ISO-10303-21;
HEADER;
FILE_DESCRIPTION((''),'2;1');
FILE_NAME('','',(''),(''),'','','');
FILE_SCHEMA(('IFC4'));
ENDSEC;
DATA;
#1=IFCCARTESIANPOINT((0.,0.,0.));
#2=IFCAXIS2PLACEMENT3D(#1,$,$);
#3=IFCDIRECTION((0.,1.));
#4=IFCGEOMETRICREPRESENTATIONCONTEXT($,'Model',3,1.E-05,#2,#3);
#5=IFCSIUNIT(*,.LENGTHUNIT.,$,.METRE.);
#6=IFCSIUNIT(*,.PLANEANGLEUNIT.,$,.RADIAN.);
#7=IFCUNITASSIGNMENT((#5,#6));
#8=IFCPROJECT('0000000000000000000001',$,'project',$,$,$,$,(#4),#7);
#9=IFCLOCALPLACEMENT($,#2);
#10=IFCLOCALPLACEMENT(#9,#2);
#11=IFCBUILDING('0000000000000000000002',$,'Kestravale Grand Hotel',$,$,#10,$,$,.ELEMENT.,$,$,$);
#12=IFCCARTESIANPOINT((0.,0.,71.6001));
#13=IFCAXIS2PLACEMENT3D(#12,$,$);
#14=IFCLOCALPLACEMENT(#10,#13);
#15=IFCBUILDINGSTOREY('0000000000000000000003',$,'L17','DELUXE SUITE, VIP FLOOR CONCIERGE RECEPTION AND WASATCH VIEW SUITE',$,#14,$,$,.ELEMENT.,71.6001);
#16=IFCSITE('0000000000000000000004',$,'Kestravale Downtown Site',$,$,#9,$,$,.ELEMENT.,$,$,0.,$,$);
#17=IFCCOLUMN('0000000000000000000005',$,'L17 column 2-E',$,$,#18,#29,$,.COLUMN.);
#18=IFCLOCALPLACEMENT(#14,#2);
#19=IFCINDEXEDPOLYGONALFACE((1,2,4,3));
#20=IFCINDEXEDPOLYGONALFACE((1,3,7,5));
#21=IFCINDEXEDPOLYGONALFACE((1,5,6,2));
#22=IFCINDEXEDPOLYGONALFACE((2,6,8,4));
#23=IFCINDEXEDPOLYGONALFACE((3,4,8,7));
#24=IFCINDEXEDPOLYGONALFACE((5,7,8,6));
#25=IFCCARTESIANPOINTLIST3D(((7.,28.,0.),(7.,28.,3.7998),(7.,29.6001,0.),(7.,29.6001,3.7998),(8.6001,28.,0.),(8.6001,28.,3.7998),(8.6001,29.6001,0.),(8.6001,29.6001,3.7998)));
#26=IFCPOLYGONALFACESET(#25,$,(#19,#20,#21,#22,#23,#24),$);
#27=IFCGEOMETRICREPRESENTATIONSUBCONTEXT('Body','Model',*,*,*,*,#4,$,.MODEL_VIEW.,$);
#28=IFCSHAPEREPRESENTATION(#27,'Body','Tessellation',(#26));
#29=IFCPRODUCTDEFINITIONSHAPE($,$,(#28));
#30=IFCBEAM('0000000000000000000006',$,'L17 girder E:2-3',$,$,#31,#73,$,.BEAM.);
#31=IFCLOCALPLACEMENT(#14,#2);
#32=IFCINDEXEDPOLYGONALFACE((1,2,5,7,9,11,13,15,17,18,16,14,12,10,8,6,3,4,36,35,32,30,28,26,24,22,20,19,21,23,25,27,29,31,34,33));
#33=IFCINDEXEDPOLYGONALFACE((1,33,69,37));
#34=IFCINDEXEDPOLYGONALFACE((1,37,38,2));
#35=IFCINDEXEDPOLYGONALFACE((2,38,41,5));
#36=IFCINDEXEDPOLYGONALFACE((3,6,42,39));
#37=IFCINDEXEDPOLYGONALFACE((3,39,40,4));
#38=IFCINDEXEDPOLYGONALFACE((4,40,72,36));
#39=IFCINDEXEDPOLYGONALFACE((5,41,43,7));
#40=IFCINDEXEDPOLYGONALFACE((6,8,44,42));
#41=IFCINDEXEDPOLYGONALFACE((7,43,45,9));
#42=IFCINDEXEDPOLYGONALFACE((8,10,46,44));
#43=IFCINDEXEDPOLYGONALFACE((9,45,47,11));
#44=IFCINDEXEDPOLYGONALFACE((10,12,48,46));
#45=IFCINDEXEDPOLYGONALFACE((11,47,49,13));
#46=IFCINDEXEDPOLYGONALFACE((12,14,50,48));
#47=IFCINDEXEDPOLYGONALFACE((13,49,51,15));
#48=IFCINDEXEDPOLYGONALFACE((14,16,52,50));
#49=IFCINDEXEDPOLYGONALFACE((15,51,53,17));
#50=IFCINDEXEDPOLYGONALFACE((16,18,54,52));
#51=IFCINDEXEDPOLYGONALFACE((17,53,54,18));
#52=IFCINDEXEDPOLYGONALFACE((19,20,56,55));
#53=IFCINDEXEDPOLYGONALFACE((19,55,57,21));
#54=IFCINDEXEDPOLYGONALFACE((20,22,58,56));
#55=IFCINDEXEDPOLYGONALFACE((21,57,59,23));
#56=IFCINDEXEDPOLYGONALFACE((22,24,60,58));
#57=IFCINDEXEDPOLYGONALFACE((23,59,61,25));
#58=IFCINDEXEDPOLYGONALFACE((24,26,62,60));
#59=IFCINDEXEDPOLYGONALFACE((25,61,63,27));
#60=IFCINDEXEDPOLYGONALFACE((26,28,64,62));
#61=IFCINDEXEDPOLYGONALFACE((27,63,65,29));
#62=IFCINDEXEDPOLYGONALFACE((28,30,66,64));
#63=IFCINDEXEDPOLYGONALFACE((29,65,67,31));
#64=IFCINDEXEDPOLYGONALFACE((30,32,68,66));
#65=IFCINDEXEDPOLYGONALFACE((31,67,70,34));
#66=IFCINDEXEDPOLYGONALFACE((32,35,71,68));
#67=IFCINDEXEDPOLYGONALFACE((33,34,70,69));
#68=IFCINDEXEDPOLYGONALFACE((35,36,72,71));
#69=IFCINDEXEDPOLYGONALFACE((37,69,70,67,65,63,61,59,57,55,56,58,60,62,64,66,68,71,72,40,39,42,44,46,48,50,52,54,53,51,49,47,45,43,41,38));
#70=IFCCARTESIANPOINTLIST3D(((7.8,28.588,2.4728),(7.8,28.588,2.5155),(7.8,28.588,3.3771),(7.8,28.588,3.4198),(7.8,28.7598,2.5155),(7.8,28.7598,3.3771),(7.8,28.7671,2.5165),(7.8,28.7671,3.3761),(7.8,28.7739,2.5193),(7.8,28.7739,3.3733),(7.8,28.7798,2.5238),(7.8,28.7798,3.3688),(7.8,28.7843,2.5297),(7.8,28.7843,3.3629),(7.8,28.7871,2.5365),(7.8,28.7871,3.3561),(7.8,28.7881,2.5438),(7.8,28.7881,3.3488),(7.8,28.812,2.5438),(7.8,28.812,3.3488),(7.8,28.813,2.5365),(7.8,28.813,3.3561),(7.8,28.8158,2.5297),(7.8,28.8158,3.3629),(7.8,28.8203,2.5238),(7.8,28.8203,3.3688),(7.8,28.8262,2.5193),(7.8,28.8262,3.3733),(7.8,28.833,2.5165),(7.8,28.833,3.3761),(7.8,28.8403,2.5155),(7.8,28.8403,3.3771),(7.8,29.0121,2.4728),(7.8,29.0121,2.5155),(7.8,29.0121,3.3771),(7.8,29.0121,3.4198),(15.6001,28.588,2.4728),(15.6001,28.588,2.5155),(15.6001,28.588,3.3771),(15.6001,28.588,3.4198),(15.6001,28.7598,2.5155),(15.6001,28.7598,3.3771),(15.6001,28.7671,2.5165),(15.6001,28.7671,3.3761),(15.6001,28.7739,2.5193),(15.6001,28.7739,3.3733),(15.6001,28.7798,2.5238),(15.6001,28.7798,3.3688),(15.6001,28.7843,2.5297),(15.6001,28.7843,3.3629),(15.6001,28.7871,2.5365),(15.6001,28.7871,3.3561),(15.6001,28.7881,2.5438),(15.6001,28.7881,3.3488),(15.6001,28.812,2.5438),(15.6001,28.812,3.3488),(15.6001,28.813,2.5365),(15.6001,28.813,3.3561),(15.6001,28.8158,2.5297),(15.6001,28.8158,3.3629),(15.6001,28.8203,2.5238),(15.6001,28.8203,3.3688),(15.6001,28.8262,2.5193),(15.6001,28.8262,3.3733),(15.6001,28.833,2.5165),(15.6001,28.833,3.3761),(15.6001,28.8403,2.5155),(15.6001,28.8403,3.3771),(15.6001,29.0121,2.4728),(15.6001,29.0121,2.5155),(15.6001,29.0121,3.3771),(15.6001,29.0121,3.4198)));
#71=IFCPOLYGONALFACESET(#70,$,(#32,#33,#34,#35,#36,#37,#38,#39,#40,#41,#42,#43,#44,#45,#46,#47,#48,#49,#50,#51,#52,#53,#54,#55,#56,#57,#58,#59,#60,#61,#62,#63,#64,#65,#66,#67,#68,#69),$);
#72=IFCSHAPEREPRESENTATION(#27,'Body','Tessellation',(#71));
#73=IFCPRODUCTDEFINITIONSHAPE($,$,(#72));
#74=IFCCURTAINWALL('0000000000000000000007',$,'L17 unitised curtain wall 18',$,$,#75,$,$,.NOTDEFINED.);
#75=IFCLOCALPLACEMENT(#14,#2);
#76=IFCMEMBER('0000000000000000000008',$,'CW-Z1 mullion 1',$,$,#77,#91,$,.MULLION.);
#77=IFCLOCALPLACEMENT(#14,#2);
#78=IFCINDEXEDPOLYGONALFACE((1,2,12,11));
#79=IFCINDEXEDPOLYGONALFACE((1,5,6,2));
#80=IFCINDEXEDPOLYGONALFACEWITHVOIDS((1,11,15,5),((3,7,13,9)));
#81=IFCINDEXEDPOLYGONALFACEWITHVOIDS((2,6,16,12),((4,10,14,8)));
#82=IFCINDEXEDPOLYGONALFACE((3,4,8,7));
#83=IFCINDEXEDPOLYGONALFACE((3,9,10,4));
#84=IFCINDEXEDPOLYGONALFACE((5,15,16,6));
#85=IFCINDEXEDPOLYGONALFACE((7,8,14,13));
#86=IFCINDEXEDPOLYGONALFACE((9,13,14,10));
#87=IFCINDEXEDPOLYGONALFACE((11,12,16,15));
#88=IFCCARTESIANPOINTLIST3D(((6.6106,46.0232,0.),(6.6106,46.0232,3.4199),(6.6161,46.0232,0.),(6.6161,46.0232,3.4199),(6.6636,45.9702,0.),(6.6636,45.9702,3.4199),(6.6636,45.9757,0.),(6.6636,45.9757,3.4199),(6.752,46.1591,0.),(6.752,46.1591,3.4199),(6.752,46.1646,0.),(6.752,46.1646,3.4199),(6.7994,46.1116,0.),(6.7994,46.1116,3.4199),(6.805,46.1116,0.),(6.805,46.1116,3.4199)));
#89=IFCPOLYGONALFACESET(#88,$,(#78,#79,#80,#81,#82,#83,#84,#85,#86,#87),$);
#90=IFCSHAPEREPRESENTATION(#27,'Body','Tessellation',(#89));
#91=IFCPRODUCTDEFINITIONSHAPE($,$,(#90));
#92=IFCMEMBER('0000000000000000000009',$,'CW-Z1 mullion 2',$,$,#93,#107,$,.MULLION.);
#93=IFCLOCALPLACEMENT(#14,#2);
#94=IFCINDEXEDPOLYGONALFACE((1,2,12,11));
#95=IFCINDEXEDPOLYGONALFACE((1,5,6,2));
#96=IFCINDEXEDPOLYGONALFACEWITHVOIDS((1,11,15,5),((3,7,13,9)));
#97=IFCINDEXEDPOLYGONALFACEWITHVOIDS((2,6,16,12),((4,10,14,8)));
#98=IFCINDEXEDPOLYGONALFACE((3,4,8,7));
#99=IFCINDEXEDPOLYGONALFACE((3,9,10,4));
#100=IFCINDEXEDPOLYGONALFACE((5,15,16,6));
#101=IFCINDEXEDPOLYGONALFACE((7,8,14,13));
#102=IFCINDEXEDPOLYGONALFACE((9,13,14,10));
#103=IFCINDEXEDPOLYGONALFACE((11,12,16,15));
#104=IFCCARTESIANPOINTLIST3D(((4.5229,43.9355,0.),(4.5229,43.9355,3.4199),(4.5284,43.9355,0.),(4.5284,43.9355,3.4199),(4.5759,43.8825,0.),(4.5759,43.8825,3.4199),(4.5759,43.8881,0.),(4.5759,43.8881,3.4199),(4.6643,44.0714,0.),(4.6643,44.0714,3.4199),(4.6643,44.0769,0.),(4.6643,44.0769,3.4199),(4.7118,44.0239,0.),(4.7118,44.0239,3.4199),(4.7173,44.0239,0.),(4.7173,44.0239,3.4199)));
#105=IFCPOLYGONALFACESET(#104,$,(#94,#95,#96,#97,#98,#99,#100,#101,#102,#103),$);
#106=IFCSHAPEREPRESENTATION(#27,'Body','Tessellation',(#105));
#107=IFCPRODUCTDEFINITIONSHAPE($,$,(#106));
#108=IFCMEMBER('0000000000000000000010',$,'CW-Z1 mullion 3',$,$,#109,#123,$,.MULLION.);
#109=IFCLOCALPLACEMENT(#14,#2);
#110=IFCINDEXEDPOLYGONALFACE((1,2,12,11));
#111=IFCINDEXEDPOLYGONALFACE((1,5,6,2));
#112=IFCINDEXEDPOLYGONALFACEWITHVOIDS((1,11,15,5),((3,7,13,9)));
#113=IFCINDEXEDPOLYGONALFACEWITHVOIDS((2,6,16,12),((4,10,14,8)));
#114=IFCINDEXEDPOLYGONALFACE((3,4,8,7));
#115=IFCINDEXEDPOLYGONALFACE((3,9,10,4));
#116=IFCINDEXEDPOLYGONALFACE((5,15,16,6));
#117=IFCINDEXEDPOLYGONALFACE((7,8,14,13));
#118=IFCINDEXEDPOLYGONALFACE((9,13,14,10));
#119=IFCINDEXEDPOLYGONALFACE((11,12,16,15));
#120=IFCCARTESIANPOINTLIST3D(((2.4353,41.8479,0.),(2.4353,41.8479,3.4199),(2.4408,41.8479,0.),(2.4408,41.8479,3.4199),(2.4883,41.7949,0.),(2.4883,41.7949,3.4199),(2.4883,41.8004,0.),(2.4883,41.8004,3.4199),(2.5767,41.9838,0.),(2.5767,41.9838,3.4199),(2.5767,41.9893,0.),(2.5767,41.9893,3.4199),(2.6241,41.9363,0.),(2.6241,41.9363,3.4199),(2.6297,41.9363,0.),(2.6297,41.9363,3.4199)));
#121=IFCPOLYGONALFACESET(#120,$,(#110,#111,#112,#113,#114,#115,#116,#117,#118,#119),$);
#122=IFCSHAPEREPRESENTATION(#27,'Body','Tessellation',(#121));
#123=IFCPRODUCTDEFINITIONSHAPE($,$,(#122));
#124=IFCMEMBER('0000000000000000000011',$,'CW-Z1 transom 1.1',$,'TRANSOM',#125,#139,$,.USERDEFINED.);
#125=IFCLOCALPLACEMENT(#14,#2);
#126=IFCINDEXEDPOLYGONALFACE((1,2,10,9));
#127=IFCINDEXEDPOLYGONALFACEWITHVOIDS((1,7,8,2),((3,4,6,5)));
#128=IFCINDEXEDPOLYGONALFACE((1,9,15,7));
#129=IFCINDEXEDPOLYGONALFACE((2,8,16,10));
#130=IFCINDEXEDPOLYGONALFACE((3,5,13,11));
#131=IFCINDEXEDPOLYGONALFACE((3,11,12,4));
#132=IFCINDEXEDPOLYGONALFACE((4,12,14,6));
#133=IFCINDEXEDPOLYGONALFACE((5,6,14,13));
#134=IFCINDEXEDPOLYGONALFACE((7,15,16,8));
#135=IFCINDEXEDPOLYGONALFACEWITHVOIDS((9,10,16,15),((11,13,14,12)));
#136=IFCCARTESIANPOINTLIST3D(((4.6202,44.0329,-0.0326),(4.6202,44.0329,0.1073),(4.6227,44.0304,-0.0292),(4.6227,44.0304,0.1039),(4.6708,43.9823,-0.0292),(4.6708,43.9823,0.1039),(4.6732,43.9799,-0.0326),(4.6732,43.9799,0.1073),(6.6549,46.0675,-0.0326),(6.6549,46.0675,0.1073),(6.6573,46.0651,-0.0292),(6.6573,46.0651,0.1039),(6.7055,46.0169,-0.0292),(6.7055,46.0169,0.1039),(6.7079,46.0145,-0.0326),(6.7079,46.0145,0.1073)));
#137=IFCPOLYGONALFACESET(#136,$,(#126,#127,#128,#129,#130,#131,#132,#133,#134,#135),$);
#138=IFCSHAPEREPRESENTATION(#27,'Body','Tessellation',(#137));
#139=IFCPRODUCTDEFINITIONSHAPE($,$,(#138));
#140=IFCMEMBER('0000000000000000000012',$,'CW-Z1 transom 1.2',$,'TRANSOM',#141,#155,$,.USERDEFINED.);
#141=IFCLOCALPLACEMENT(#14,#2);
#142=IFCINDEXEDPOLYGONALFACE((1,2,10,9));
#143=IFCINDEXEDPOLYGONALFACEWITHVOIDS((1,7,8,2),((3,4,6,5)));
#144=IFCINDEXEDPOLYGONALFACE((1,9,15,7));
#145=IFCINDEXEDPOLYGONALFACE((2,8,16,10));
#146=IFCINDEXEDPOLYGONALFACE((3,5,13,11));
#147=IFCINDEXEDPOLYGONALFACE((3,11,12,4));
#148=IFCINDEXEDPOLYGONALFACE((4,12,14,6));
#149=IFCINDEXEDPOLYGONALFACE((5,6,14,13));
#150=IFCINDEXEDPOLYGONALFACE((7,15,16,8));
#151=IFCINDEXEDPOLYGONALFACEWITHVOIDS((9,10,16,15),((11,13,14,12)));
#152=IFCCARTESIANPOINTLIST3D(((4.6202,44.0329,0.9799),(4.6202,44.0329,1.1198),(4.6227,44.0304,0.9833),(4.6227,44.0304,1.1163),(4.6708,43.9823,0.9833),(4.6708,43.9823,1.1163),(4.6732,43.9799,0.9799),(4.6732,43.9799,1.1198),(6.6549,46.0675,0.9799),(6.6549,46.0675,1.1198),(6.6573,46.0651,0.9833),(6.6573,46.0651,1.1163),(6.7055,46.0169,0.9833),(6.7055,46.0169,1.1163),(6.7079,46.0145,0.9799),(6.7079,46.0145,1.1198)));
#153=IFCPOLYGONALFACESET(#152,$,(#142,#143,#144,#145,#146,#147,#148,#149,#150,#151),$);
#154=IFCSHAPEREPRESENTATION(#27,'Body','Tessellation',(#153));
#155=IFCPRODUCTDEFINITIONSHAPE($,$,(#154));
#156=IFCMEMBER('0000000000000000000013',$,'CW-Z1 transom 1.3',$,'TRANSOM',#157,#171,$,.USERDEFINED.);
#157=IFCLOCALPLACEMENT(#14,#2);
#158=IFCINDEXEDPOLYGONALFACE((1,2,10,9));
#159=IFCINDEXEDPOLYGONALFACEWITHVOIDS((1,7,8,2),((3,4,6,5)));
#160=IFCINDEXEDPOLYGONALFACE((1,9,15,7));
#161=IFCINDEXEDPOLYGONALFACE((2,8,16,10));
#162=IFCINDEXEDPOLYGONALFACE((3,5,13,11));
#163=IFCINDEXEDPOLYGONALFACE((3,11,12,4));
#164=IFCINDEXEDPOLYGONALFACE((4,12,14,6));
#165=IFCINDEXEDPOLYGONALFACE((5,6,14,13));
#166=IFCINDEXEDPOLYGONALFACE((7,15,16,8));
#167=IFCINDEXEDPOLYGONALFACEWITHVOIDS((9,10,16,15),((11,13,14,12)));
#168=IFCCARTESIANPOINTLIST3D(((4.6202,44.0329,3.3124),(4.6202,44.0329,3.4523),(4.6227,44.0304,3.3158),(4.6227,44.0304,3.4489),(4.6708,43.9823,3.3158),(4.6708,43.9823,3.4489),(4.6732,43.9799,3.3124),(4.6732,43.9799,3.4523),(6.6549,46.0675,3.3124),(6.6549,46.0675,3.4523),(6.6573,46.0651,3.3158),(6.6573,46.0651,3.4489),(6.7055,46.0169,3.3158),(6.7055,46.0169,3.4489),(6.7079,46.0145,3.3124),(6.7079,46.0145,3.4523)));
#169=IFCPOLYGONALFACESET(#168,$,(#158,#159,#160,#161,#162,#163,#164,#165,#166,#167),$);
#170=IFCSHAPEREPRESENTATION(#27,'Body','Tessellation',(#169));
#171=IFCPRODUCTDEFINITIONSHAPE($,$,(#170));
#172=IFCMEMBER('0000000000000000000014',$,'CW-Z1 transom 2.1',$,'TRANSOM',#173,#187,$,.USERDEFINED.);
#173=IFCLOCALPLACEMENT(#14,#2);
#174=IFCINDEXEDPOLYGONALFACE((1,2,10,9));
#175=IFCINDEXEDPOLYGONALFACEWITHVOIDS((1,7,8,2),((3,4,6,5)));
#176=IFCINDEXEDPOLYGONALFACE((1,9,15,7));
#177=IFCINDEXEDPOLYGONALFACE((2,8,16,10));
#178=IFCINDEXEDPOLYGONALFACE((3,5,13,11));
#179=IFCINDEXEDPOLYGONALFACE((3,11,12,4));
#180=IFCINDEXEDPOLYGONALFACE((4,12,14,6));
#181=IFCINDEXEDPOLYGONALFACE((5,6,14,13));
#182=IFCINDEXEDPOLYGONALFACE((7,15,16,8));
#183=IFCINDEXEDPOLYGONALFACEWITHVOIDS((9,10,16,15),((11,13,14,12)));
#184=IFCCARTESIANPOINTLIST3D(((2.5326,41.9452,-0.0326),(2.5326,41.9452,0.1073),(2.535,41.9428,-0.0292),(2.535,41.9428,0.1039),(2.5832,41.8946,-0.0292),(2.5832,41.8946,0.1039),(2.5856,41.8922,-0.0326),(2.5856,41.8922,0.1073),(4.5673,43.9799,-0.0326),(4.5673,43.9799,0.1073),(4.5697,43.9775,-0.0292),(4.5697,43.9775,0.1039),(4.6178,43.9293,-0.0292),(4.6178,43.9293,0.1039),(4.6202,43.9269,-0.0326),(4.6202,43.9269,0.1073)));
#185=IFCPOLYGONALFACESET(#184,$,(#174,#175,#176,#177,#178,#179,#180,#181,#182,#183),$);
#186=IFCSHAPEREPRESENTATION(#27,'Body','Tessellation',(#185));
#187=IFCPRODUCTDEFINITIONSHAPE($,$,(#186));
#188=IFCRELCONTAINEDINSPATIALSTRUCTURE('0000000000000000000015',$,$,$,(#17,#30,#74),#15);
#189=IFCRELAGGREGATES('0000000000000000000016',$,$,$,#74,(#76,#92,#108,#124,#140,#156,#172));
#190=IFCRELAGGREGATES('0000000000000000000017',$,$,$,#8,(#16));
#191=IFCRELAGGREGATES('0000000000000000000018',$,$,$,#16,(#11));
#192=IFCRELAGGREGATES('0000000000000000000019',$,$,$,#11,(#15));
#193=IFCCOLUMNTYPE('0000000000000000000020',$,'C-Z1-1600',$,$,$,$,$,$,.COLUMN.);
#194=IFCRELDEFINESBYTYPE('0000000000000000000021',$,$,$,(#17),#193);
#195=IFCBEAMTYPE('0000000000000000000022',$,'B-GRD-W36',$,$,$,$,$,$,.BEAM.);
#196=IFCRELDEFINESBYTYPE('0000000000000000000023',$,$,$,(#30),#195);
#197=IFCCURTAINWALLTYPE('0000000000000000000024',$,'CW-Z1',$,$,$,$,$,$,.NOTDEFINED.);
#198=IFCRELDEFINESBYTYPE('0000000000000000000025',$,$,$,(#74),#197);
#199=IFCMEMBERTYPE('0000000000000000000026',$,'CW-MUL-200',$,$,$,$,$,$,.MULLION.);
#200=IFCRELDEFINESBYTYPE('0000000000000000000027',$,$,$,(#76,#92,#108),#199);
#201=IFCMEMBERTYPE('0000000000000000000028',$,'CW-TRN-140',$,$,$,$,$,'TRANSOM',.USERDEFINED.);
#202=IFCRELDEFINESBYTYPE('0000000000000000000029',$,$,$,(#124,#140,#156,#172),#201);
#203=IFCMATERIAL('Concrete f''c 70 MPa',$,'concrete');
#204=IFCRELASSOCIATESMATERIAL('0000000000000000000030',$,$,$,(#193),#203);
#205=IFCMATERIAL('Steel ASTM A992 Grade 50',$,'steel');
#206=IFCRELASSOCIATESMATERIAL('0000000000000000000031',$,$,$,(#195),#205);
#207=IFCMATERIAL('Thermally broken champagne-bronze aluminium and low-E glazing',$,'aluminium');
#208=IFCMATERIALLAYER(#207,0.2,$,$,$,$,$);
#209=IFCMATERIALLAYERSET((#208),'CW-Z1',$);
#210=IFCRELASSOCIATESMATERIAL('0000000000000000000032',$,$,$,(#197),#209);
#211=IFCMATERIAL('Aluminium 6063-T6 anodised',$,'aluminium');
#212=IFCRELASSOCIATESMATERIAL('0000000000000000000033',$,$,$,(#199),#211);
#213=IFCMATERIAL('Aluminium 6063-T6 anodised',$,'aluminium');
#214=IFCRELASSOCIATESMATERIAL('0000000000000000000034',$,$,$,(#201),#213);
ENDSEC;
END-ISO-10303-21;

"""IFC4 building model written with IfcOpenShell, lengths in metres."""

from ifc_helpers import new_model, si_unit, direction, frame, origin, origin_2d, place, context, subcontext, project, spatial, rectangle, hollow_rectangle, i_section, extrude, material, layer, layer_set, material_profile, profile_set, type_object, element, aggregate, save


model = new_model("IFC4")

# Units and contexts
model_context = context("Model", 3, precision=1e-05, world=origin(), true_north=direction((0.0, 1.0)))
body_context = subcontext(model_context, "Body", "Model", "MODEL_VIEW")
ifc_project = project(units=[si_unit("LENGTHUNIT", "METRE"), si_unit("PLANEANGLEUNIT", "RADIAN")], contexts=[model_context])

# Site, building, storey
site_placement = place(None, origin())
site = spatial("IfcSite", under=ifc_project, at=site_placement, Name="Kestravale Downtown Site", CompositionType="ELEMENT", RefElevation=0.0)
building_placement = place(site_placement, origin())
building = spatial("IfcBuilding", under=site, at=building_placement, Name="Kestravale Grand Hotel", CompositionType="ELEMENT")
storey_placement = place(building_placement, frame((0.0, 0.0, 71.6001)))
storey = spatial("IfcBuildingStorey", under=building, at=storey_placement, Name="L17", Description="DELUXE SUITE, VIP FLOOR CONCIERGE RECEPTION AND WASATCH VIEW SUITE", CompositionType="ELEMENT", Elevation=71.6001)

# Column
ifc_material_1 = material(Name="Concrete f'c 70 MPa", Category="concrete")
ifc_material_profile_1 = material_profile(ifc_material_1, rectangle(XDim=1.6001, YDim=1.6001, at=origin_2d()))
ifc_profile_set_1 = profile_set([ifc_material_profile_1], Name="Concrete f'c 70 MPa")
column_type = type_object("IfcColumnType", Name="C-Z1-1600", PredefinedType="COLUMN", material=ifc_profile_set_1)
column_placement = place(storey_placement, frame((7.8, 28.8, 0.0), z_axis=(0.0, 0.0, 1.0), x_axis=(1.0, 0.0, 0.0)))
element("IfcColumn", 1, at=column_placement, inside=storey, type_object=column_type, Name="L17 column 2-E", PredefinedType="COLUMN", context=body_context, shape_type="SweptSolid", body=[
    extrude(rectangle(XDim=1.6001, YDim=1.6001, at=origin_2d()), origin(), (0.0, 0.0, 1.0), 3.7998),
])

# Beam
ifc_material_2 = material(Name="Steel ASTM A992 Grade 50", Category="steel")
ifc_material_profile_2 = material_profile(ifc_material_2, i_section(OverallWidth=0.4241, OverallDepth=0.947, WebThickness=0.0239, FlangeThickness=0.0427, FilletRadius=0.0283, at=origin_2d()))
ifc_profile_set_2 = profile_set([ifc_material_profile_2], Name="Steel ASTM A992 Grade 50")
beam_type = type_object("IfcBeamType", Name="B-GRD-W36", PredefinedType="BEAM", material=ifc_profile_set_2)
beam_placement = place(storey_placement, frame((7.8, 28.8, 2.9463), z_axis=(1.0, 0.0, 0.0), x_axis=(0.0, 1.0, 0.0)))
element("IfcBeam", 2, at=beam_placement, inside=storey, type_object=beam_type, Name="L17 girder E:2-3", PredefinedType="BEAM", context=body_context, shape_type="SweptSolid", body=[
    extrude(i_section(OverallWidth=0.4241, OverallDepth=0.947, WebThickness=0.0239, FlangeThickness=0.0427, FilletRadius=0.0283, at=origin_2d()), origin(), (0.0, 0.0, 1.0), 7.8),
])

# Curtain wall, members
ifc_material_3 = material(Name="Thermally broken champagne-bronze aluminium and low-E glazing", Category="aluminium")
ifc_layer_1 = layer(ifc_material_3, 0.2)
ifc_layer_set_1 = layer_set([ifc_layer_1], Name="CW-Z1")
curtain_wall_type = type_object("IfcCurtainWallType", Name="CW-Z1", PredefinedType="NOTDEFINED", material=ifc_layer_set_1)
curtain_wall_placement = place(storey_placement, origin())
curtain_wall = element("IfcCurtainWall", 3, at=curtain_wall_placement, inside=storey, type_object=curtain_wall_type, Name="L17 unitised curtain wall 18", PredefinedType="NOTDEFINED")
ifc_material_4 = material(Name="Aluminium 6063-T6 anodised", Category="aluminium")
ifc_material_profile_3 = material_profile(ifc_material_4, hollow_rectangle(XDim=0.075, YDim=0.2, WallThickness=0.0039, at=origin_2d()))
ifc_profile_set_3 = profile_set([ifc_material_profile_3], Name="Aluminium 6063-T6 anodised")
member_type_1 = type_object("IfcMemberType", Name="CW-MUL-200", PredefinedType="MULLION", material=ifc_profile_set_3)
member_1_placement = place(storey_placement, frame((6.7078, 46.0674, 0.0), z_axis=(0.0, 0.0, 1.0), x_axis=(0.707107, -0.707107, 0.0)))
member_1 = element("IfcMember", 4, at=member_1_placement, type_object=member_type_1, Name="CW-Z1 mullion 1", PredefinedType="MULLION", context=body_context, shape_type="SweptSolid", body=[
    extrude(hollow_rectangle(XDim=0.075, YDim=0.2, WallThickness=0.0039, at=origin_2d()), origin(), (0.0, 0.0, 1.0), 3.4199),
])
member_2_placement = place(storey_placement, frame((4.6201, 43.9797, 0.0), z_axis=(0.0, 0.0, 1.0), x_axis=(0.707107, -0.707107, 0.0)))
member_2 = element("IfcMember", 5, at=member_2_placement, type_object=member_type_1, Name="CW-Z1 mullion 2", PredefinedType="MULLION", context=body_context, shape_type="SweptSolid", body=[
    extrude(hollow_rectangle(XDim=0.075, YDim=0.2, WallThickness=0.0039, at=origin_2d()), origin(), (0.0, 0.0, 1.0), 3.4199),
])
member_3_placement = place(storey_placement, frame((2.5325, 41.8921, 0.0), z_axis=(0.0, 0.0, 1.0), x_axis=(0.707107, -0.707107, 0.0)))
member_3 = element("IfcMember", 6, at=member_3_placement, type_object=member_type_1, Name="CW-Z1 mullion 3", PredefinedType="MULLION", context=body_context, shape_type="SweptSolid", body=[
    extrude(hollow_rectangle(XDim=0.075, YDim=0.2, WallThickness=0.0039, at=origin_2d()), origin(), (0.0, 0.0, 1.0), 3.4199),
])
ifc_material_5 = material(Name="Aluminium 6063-T6 anodised", Category="aluminium")
ifc_material_profile_4 = material_profile(ifc_material_5, hollow_rectangle(XDim=0.075, YDim=0.1399, WallThickness=0.0034, at=origin_2d()))
ifc_profile_set_4 = profile_set([ifc_material_profile_4], Name="Aluminium 6063-T6 anodised")
member_type_2 = type_object("IfcMemberType", Name="CW-TRN-140", ElementType="TRANSOM", PredefinedType="USERDEFINED", material=ifc_profile_set_4)
member_4_placement = place(storey_placement, frame((6.6814, 46.041, 0.0374), z_axis=(-0.707107, -0.707107, 0.0), x_axis=(0.707107, -0.707107, 0.0)))
member_4 = element("IfcMember", 7, at=member_4_placement, type_object=member_type_2, Name="CW-Z1 transom 1.1", ObjectType="TRANSOM", PredefinedType="USERDEFINED", context=body_context, shape_type="SweptSolid", body=[
    extrude(hollow_rectangle(XDim=0.075, YDim=0.1399, WallThickness=0.0034, at=origin_2d()), origin(), (0.0, 0.0, 1.0), 2.8774),
])
member_5_placement = place(storey_placement, frame((6.6814, 46.041, 1.0498), z_axis=(-0.707107, -0.707107, 0.0), x_axis=(0.707107, -0.707107, 0.0)))
member_5 = element("IfcMember", 8, at=member_5_placement, type_object=member_type_2, Name="CW-Z1 transom 1.2", ObjectType="TRANSOM", PredefinedType="USERDEFINED", context=body_context, shape_type="SweptSolid", body=[
    extrude(hollow_rectangle(XDim=0.075, YDim=0.1399, WallThickness=0.0034, at=origin_2d()), origin(), (0.0, 0.0, 1.0), 2.8774),
])
member_6_placement = place(storey_placement, frame((6.6814, 46.041, 3.3823), z_axis=(-0.707107, -0.707107, 0.0), x_axis=(0.707107, -0.707107, 0.0)))
member_6 = element("IfcMember", 9, at=member_6_placement, type_object=member_type_2, Name="CW-Z1 transom 1.3", ObjectType="TRANSOM", PredefinedType="USERDEFINED", context=body_context, shape_type="SweptSolid", body=[
    extrude(hollow_rectangle(XDim=0.075, YDim=0.1399, WallThickness=0.0034, at=origin_2d()), origin(), (0.0, 0.0, 1.0), 2.8774),
])
member_7_placement = place(storey_placement, frame((4.5938, 43.9534, 0.0374), z_axis=(-0.707107, -0.707107, 0.0), x_axis=(0.707107, -0.707107, 0.0)))
member_7 = element("IfcMember", 10, at=member_7_placement, type_object=member_type_2, Name="CW-Z1 transom 2.1", ObjectType="TRANSOM", PredefinedType="USERDEFINED", context=body_context, shape_type="SweptSolid", body=[
    extrude(hollow_rectangle(XDim=0.075, YDim=0.1399, WallThickness=0.0034, at=origin_2d()), origin(), (0.0, 0.0, 1.0), 2.8774),
])
aggregate(curtain_wall, [member_1, member_2, member_3, member_4, member_5, member_6, member_7])

save(model, "model.ifc")
